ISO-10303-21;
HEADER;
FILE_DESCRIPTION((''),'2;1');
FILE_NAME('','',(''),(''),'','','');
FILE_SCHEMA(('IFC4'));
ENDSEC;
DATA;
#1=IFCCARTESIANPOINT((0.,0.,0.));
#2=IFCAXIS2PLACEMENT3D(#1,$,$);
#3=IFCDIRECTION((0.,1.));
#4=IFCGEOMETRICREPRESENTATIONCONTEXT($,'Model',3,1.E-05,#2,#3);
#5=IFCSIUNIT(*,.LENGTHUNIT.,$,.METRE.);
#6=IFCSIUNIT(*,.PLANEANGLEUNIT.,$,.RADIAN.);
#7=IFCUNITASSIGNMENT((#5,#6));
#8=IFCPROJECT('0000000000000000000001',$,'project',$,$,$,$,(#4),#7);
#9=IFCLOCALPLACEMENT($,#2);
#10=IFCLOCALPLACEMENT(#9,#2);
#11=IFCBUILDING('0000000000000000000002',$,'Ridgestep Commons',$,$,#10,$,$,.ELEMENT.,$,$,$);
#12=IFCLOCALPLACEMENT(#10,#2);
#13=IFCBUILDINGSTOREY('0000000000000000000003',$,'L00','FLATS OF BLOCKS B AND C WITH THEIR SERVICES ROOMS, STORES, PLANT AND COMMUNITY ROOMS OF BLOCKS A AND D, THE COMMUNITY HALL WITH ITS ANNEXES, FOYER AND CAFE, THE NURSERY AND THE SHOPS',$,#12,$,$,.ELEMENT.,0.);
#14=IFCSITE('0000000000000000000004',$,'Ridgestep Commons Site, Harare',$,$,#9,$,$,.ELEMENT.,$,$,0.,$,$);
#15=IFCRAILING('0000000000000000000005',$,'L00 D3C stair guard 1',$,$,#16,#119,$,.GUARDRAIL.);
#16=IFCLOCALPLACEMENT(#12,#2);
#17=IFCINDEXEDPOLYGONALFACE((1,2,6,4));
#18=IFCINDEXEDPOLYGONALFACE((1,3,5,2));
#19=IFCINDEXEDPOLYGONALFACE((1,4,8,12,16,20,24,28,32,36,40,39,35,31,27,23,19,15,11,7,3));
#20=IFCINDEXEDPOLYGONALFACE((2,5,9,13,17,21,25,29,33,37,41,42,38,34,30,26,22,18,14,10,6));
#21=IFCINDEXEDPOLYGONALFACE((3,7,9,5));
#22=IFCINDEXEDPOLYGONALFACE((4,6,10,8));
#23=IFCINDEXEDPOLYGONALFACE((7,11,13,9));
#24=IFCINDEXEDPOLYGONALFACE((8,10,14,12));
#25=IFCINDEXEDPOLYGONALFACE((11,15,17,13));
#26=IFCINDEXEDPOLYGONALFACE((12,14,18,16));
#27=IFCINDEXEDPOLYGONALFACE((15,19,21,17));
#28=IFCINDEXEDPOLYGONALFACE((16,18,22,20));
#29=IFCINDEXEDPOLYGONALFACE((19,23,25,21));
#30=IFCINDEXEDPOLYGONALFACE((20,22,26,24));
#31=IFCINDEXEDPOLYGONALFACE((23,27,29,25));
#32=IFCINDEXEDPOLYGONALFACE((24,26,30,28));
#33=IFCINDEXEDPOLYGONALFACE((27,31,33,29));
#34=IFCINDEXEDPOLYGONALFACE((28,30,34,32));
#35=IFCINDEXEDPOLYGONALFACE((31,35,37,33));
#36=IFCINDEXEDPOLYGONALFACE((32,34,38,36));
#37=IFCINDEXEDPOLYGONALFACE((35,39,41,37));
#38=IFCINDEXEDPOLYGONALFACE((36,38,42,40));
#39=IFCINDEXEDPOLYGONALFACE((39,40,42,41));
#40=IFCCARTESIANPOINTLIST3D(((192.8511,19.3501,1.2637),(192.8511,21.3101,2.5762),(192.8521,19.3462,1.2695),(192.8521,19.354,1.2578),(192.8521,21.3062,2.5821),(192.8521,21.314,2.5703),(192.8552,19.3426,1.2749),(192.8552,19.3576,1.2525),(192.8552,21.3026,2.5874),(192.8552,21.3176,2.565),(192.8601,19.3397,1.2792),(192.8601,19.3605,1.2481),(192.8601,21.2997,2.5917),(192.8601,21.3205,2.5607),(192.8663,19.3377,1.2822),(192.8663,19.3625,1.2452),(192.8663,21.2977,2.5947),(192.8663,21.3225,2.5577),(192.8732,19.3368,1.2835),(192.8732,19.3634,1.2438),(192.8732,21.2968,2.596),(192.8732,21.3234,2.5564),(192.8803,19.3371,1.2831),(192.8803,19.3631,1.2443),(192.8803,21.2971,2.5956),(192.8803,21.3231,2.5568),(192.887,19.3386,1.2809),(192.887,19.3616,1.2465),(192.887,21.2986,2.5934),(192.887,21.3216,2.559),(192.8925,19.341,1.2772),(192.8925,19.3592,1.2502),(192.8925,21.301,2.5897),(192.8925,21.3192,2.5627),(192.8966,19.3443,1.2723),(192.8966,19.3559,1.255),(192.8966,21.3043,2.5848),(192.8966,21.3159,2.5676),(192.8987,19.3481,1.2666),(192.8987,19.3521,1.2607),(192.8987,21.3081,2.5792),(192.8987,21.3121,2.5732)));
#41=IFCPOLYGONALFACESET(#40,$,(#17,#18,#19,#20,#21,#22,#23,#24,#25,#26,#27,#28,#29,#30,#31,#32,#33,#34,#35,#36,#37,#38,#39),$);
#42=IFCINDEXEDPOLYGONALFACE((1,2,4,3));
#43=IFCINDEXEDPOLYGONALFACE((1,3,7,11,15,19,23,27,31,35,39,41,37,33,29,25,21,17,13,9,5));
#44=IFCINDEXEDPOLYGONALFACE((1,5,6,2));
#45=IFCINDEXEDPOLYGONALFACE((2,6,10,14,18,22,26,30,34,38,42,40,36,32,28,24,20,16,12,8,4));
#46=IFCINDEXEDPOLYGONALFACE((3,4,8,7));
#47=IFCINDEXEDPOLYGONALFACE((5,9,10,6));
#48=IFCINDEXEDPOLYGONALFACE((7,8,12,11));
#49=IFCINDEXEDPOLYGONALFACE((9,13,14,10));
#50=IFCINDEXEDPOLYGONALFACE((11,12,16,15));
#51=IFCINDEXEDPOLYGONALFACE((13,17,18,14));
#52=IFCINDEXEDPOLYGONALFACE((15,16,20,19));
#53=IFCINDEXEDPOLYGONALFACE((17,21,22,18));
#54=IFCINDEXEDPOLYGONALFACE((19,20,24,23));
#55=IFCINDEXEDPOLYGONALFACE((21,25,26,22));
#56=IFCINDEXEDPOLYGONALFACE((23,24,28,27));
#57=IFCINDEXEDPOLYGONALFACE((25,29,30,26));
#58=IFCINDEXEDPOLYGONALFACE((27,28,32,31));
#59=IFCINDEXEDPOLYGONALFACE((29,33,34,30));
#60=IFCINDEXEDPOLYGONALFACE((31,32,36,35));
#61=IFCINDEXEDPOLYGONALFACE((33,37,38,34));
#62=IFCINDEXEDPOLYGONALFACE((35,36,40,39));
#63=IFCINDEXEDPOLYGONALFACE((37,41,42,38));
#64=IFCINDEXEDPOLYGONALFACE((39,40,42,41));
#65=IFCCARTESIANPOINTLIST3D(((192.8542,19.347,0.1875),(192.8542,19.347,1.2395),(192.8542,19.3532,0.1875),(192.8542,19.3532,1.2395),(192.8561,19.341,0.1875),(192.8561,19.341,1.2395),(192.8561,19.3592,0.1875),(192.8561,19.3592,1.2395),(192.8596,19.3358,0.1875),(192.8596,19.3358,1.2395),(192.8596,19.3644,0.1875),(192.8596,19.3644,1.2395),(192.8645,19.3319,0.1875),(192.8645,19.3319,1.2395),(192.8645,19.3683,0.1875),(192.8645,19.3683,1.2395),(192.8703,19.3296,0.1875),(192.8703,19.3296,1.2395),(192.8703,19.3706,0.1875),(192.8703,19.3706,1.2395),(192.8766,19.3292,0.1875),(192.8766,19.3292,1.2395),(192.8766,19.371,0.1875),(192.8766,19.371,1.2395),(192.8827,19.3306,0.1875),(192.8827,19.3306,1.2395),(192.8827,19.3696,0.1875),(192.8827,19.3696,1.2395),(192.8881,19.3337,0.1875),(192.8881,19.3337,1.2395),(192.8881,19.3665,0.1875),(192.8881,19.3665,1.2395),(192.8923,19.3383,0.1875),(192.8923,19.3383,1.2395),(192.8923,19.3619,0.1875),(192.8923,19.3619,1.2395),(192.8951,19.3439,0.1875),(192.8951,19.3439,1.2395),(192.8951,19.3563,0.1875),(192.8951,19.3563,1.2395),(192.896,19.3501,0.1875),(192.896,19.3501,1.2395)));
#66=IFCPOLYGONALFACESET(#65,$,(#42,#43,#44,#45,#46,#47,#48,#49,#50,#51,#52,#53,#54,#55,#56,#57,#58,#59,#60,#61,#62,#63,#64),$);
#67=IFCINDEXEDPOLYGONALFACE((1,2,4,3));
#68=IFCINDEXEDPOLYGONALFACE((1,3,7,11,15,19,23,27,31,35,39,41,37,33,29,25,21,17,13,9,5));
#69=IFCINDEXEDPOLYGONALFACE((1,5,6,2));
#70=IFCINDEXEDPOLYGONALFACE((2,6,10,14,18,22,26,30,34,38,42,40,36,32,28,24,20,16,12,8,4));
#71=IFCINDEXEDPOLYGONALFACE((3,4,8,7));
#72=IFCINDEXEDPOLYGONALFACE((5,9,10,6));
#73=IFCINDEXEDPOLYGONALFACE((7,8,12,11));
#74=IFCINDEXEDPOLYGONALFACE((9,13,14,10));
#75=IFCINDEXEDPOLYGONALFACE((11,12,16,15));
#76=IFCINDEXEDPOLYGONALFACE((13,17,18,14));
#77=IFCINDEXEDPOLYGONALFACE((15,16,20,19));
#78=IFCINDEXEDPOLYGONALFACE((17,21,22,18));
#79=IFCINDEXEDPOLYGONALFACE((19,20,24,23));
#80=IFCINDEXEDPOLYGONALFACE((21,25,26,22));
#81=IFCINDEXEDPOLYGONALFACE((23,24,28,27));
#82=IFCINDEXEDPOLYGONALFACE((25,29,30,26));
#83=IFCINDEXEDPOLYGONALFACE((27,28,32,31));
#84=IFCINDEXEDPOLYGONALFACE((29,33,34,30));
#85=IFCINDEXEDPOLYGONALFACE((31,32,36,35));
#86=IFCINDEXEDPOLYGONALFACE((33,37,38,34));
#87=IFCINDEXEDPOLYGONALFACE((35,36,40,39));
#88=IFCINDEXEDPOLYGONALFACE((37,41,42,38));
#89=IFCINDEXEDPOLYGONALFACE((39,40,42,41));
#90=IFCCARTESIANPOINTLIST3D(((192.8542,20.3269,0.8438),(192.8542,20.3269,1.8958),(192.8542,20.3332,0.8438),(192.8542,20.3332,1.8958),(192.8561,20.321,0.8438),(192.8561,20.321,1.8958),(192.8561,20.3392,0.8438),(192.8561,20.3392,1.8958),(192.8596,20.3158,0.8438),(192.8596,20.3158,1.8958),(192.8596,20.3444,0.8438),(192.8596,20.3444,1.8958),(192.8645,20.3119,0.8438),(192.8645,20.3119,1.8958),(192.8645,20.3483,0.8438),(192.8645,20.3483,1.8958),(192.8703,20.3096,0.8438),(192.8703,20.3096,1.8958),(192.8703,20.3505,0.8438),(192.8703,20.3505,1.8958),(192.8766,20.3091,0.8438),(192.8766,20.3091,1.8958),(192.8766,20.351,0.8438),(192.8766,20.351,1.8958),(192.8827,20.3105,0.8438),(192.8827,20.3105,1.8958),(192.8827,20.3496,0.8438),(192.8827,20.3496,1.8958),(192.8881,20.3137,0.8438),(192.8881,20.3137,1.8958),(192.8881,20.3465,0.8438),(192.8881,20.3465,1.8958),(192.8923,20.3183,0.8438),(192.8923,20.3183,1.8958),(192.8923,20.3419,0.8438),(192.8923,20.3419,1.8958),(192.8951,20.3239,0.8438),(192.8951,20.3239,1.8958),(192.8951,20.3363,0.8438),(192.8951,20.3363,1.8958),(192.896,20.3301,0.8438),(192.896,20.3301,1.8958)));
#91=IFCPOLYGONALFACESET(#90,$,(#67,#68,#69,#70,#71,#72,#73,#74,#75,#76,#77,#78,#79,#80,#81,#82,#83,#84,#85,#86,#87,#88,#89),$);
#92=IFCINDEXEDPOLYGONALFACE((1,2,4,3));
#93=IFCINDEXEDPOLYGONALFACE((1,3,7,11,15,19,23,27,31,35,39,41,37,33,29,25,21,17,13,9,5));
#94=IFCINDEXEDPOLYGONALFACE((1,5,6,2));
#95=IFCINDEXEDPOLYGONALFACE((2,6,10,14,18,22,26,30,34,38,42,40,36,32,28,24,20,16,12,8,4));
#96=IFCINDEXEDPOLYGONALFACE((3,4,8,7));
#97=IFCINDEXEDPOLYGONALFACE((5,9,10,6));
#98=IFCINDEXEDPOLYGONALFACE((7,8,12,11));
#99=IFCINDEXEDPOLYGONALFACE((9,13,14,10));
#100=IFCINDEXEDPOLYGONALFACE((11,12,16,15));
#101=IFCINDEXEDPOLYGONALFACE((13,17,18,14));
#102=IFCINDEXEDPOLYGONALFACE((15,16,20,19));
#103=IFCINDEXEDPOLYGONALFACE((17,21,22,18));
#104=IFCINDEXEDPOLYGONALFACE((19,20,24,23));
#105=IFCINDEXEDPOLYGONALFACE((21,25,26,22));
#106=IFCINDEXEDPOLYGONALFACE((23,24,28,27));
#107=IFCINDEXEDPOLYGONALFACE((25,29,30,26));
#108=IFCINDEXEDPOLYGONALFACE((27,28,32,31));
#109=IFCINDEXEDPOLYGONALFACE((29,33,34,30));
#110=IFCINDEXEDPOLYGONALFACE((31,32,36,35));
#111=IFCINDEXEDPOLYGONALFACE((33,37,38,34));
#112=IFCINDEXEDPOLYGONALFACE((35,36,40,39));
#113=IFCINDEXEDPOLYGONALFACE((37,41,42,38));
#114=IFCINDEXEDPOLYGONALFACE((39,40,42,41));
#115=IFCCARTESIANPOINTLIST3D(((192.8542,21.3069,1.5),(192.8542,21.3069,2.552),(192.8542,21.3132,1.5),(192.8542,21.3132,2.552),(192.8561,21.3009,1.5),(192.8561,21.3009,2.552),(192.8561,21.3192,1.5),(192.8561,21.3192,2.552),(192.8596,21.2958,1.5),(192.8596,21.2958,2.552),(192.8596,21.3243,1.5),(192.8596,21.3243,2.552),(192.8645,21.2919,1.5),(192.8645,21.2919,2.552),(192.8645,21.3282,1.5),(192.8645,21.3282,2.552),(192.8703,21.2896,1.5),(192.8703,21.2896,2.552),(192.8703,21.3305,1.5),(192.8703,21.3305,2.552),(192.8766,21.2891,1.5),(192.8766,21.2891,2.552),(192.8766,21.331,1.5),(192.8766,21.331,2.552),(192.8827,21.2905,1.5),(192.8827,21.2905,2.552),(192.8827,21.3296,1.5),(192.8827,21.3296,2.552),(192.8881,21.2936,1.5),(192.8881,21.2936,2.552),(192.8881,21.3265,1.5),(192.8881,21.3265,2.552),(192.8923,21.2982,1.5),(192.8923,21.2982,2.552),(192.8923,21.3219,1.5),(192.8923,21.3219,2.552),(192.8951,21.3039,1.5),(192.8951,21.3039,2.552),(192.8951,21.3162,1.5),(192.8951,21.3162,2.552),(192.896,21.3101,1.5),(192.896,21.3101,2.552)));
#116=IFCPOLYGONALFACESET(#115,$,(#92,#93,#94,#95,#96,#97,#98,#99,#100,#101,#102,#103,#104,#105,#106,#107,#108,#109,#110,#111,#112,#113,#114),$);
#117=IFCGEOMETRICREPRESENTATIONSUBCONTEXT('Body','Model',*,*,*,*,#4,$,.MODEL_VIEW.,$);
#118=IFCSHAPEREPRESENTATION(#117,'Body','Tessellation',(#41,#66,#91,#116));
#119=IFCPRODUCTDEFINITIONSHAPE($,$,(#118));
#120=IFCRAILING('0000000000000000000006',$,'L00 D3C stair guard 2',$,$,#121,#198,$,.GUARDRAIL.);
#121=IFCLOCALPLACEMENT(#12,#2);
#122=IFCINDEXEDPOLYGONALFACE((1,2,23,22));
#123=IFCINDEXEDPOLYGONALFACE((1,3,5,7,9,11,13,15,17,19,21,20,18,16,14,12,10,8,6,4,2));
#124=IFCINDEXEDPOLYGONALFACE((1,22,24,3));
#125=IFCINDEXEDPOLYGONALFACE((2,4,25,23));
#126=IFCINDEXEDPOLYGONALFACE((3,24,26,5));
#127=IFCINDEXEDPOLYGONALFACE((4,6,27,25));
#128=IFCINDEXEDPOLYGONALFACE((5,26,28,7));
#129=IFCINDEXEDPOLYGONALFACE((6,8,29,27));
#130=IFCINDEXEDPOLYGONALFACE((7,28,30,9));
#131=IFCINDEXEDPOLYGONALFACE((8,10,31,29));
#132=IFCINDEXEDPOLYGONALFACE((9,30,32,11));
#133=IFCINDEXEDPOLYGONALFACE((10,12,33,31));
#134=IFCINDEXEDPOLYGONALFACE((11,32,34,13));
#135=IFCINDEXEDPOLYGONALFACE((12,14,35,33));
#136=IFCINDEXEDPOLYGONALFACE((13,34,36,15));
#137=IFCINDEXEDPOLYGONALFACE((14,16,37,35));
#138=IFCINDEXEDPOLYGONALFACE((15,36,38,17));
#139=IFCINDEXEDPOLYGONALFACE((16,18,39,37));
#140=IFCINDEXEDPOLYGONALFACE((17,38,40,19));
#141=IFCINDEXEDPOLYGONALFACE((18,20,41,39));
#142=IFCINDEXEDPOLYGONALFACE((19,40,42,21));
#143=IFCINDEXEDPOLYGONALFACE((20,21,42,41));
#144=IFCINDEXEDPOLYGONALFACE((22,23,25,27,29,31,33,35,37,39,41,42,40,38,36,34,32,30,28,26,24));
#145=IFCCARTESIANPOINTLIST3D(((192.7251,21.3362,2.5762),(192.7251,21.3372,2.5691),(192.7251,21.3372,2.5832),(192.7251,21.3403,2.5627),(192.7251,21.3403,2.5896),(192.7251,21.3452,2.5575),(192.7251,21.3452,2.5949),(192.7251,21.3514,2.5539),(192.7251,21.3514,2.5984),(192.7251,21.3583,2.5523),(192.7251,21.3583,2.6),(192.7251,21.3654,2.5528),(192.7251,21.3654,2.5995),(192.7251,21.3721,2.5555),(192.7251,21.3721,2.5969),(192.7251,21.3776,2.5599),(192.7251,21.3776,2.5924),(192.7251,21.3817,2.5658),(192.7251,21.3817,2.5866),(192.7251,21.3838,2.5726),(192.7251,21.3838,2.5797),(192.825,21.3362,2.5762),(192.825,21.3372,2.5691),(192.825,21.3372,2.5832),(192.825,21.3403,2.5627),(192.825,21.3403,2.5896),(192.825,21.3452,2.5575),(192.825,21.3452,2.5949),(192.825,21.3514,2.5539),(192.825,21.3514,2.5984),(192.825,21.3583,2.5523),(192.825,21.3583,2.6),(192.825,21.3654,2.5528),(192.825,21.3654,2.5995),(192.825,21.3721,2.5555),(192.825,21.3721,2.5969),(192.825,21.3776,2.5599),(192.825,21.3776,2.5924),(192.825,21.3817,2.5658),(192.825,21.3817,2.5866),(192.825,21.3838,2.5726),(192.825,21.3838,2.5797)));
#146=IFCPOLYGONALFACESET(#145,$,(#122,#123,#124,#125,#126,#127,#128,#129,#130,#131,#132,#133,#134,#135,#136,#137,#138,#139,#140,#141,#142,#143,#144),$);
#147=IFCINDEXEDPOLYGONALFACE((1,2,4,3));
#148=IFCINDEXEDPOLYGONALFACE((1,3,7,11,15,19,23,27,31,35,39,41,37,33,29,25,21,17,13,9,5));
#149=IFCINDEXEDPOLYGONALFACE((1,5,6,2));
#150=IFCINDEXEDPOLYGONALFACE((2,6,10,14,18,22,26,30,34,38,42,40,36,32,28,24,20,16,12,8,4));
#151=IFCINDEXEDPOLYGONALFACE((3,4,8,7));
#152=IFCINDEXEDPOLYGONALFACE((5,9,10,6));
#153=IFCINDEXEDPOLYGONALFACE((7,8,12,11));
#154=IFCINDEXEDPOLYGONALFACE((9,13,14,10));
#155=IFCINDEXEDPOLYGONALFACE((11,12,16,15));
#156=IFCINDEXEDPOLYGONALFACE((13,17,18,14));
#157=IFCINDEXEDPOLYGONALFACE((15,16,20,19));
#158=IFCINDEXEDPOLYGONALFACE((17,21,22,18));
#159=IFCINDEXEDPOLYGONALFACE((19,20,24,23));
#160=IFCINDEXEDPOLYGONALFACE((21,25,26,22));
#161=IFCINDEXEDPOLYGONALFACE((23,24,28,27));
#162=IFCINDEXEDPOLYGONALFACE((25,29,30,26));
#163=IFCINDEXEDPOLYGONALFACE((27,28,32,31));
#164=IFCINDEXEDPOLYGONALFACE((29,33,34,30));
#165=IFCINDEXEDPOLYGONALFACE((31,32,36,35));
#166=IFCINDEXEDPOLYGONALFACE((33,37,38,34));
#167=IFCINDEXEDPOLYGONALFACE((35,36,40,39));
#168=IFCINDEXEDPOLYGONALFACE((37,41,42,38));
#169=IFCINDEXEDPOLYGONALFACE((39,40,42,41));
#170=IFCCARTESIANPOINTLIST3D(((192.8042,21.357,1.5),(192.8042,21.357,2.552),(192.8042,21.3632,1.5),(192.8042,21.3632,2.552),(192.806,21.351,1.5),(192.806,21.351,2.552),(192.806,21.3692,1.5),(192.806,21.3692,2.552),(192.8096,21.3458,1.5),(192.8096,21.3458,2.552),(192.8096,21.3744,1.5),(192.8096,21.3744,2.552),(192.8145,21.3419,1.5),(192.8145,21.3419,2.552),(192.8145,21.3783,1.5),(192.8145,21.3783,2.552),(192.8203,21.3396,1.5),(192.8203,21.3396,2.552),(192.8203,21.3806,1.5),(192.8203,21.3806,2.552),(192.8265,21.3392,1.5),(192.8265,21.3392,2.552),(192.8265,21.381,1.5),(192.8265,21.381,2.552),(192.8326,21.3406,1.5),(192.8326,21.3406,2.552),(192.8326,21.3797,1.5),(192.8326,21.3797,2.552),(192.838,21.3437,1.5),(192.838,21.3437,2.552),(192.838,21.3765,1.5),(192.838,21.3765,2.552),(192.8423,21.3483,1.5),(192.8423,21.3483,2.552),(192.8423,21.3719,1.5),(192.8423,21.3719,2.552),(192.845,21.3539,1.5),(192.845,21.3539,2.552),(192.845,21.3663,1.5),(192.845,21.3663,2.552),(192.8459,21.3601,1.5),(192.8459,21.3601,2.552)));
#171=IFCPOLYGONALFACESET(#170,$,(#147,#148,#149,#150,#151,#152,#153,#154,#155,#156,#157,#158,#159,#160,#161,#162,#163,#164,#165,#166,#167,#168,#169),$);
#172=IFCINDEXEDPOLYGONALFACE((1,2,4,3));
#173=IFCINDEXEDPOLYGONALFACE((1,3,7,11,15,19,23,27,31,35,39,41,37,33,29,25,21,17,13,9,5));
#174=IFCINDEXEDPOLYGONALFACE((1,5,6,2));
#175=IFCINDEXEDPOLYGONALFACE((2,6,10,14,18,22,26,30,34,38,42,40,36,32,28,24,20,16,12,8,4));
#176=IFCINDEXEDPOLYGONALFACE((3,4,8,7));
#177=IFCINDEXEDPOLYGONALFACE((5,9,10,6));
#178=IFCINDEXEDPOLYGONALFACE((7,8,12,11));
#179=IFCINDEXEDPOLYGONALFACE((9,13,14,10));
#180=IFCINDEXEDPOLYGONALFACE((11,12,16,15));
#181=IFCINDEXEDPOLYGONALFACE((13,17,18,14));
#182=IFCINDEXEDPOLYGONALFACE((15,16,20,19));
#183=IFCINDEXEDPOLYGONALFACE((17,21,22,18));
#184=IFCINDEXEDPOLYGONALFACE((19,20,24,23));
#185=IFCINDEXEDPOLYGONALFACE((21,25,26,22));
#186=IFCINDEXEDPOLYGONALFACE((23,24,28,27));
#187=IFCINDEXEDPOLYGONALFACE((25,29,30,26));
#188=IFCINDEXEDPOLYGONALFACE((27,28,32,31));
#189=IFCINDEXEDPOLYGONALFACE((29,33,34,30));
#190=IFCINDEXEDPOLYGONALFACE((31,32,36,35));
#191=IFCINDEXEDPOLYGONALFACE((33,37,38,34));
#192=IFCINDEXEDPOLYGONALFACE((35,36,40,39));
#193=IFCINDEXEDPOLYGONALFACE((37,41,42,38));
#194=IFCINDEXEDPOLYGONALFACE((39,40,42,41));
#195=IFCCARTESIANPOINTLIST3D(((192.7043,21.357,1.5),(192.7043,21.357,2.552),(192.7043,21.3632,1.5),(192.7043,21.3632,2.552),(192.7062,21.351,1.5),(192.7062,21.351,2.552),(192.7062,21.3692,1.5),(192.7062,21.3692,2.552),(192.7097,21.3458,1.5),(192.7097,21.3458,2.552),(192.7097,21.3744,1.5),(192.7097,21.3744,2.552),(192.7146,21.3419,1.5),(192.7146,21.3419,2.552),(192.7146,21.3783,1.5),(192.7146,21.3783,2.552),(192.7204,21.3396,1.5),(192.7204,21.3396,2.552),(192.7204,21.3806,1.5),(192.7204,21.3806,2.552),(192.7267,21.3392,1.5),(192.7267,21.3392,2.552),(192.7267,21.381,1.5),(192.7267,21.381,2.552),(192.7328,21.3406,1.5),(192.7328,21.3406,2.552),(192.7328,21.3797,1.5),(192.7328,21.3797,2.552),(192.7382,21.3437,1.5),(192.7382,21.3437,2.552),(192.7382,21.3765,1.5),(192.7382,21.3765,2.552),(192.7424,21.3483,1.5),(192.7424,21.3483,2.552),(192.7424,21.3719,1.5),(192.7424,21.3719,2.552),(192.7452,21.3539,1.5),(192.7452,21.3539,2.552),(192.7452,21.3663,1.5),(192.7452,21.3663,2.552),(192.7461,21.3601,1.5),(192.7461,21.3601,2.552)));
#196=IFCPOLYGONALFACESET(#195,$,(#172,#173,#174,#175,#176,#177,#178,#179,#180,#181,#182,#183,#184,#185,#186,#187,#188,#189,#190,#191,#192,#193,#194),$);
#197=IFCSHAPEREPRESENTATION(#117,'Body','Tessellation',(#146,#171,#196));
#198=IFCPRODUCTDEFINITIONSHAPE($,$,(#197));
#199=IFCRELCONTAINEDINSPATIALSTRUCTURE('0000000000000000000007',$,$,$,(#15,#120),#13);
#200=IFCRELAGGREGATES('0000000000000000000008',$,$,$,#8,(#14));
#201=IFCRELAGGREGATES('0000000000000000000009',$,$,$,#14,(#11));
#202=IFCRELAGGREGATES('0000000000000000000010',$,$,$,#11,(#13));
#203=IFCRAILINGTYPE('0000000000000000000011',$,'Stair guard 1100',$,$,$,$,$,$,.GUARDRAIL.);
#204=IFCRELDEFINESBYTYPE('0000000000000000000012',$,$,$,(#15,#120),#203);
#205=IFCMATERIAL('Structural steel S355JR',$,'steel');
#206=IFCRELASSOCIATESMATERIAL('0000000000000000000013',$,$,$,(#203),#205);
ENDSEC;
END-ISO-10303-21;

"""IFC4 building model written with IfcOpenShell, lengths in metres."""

from ifc_helpers import new_model, si_unit, direction, frame, origin, origin_2d, place, context, subcontext, project, spatial, circle, extrude, material, type_object, element, save


model = new_model("IFC4")

# Units and contexts
model_context = context("Model", 3, precision=1e-05, world=origin(), true_north=direction((0.0, 1.0)))
body_context = subcontext(model_context, "Body", "Model", "MODEL_VIEW")
ifc_project = project(units=[si_unit("LENGTHUNIT", "METRE"), si_unit("PLANEANGLEUNIT", "RADIAN")], contexts=[model_context])

# Site, building, storey
site_placement = place(None, origin())
site = spatial("IfcSite", under=ifc_project, at=site_placement, Name="Ridgestep Commons Site, Harare", CompositionType="ELEMENT", RefElevation=0.0)
building_placement = place(site_placement, origin())
building = spatial("IfcBuilding", under=site, at=building_placement, Name="Ridgestep Commons", CompositionType="ELEMENT")
storey_placement = place(building_placement, origin())
storey = spatial("IfcBuildingStorey", under=building, at=storey_placement, Name="L00", Description="FLATS OF BLOCKS B AND C WITH THEIR SERVICES ROOMS, STORES, PLANT AND COMMUNITY ROOMS OF BLOCKS A AND D, THE COMMUNITY HALL WITH ITS ANNEXES, FOYER AND CAFE, THE NURSERY AND THE SHOPS", CompositionType="ELEMENT", Elevation=0.0)

# Railings
ifc_material_1 = material(Name="Structural steel S355JR", Category="steel")
railing_type_1 = type_object("IfcRailingType", Name="Stair guard 1100", PredefinedType="GUARDRAIL", material=ifc_material_1)
railing_1_placement = place(storey_placement, frame((192.875, 19.3501, 0.1875)))
element("IfcRailing", 1, at=railing_1_placement, inside=storey, type_object=railing_type_1, Name="L00 D3C stair guard 1", PredefinedType="GUARDRAIL", context=body_context, shape_type="SweptSolid", body=[
    extrude(circle(Radius=0.0239, at=origin_2d()), frame((0.0, 0.0, 1.0762), z_axis=(0.0, 0.830902, 0.556419), x_axis=(-1.0, 0.0, 0.0)), (0.0, 0.0, 1.0), 2.3589),
    extrude(circle(Radius=0.021, at=origin_2d()), origin(), (0.0, 0.0, 1.0), 1.052),
    extrude(circle(Radius=0.021, at=origin_2d()), frame((0.0, 0.98, 0.6562)), (0.0, 0.0, 1.0), 1.052),
    extrude(circle(Radius=0.021, at=origin_2d()), frame((0.0, 1.96, 1.3125)), (0.0, 0.0, 1.0), 1.052),
])
railing_2_placement = place(storey_placement, frame((192.825, 21.3601, 1.5)))
element("IfcRailing", 2, at=railing_2_placement, inside=storey, type_object=railing_type_1, Name="L00 D3C stair guard 2", PredefinedType="GUARDRAIL", context=body_context, shape_type="SweptSolid", body=[
    extrude(circle(Radius=0.0239, at=origin_2d()), frame((0.0, 0.0, 1.0762), z_axis=(-1.0, 0.0, 0.0), x_axis=(0.0, -1.0, 0.0)), (0.0, 0.0, 1.0), 0.0999),
    extrude(circle(Radius=0.021, at=origin_2d()), origin(), (0.0, 0.0, 1.0), 1.052),
    extrude(circle(Radius=0.021, at=origin_2d()), frame((-0.0999, 0.0, 0.0)), (0.0, 0.0, 1.0), 1.052),
])

save(model, "model.ifc")
